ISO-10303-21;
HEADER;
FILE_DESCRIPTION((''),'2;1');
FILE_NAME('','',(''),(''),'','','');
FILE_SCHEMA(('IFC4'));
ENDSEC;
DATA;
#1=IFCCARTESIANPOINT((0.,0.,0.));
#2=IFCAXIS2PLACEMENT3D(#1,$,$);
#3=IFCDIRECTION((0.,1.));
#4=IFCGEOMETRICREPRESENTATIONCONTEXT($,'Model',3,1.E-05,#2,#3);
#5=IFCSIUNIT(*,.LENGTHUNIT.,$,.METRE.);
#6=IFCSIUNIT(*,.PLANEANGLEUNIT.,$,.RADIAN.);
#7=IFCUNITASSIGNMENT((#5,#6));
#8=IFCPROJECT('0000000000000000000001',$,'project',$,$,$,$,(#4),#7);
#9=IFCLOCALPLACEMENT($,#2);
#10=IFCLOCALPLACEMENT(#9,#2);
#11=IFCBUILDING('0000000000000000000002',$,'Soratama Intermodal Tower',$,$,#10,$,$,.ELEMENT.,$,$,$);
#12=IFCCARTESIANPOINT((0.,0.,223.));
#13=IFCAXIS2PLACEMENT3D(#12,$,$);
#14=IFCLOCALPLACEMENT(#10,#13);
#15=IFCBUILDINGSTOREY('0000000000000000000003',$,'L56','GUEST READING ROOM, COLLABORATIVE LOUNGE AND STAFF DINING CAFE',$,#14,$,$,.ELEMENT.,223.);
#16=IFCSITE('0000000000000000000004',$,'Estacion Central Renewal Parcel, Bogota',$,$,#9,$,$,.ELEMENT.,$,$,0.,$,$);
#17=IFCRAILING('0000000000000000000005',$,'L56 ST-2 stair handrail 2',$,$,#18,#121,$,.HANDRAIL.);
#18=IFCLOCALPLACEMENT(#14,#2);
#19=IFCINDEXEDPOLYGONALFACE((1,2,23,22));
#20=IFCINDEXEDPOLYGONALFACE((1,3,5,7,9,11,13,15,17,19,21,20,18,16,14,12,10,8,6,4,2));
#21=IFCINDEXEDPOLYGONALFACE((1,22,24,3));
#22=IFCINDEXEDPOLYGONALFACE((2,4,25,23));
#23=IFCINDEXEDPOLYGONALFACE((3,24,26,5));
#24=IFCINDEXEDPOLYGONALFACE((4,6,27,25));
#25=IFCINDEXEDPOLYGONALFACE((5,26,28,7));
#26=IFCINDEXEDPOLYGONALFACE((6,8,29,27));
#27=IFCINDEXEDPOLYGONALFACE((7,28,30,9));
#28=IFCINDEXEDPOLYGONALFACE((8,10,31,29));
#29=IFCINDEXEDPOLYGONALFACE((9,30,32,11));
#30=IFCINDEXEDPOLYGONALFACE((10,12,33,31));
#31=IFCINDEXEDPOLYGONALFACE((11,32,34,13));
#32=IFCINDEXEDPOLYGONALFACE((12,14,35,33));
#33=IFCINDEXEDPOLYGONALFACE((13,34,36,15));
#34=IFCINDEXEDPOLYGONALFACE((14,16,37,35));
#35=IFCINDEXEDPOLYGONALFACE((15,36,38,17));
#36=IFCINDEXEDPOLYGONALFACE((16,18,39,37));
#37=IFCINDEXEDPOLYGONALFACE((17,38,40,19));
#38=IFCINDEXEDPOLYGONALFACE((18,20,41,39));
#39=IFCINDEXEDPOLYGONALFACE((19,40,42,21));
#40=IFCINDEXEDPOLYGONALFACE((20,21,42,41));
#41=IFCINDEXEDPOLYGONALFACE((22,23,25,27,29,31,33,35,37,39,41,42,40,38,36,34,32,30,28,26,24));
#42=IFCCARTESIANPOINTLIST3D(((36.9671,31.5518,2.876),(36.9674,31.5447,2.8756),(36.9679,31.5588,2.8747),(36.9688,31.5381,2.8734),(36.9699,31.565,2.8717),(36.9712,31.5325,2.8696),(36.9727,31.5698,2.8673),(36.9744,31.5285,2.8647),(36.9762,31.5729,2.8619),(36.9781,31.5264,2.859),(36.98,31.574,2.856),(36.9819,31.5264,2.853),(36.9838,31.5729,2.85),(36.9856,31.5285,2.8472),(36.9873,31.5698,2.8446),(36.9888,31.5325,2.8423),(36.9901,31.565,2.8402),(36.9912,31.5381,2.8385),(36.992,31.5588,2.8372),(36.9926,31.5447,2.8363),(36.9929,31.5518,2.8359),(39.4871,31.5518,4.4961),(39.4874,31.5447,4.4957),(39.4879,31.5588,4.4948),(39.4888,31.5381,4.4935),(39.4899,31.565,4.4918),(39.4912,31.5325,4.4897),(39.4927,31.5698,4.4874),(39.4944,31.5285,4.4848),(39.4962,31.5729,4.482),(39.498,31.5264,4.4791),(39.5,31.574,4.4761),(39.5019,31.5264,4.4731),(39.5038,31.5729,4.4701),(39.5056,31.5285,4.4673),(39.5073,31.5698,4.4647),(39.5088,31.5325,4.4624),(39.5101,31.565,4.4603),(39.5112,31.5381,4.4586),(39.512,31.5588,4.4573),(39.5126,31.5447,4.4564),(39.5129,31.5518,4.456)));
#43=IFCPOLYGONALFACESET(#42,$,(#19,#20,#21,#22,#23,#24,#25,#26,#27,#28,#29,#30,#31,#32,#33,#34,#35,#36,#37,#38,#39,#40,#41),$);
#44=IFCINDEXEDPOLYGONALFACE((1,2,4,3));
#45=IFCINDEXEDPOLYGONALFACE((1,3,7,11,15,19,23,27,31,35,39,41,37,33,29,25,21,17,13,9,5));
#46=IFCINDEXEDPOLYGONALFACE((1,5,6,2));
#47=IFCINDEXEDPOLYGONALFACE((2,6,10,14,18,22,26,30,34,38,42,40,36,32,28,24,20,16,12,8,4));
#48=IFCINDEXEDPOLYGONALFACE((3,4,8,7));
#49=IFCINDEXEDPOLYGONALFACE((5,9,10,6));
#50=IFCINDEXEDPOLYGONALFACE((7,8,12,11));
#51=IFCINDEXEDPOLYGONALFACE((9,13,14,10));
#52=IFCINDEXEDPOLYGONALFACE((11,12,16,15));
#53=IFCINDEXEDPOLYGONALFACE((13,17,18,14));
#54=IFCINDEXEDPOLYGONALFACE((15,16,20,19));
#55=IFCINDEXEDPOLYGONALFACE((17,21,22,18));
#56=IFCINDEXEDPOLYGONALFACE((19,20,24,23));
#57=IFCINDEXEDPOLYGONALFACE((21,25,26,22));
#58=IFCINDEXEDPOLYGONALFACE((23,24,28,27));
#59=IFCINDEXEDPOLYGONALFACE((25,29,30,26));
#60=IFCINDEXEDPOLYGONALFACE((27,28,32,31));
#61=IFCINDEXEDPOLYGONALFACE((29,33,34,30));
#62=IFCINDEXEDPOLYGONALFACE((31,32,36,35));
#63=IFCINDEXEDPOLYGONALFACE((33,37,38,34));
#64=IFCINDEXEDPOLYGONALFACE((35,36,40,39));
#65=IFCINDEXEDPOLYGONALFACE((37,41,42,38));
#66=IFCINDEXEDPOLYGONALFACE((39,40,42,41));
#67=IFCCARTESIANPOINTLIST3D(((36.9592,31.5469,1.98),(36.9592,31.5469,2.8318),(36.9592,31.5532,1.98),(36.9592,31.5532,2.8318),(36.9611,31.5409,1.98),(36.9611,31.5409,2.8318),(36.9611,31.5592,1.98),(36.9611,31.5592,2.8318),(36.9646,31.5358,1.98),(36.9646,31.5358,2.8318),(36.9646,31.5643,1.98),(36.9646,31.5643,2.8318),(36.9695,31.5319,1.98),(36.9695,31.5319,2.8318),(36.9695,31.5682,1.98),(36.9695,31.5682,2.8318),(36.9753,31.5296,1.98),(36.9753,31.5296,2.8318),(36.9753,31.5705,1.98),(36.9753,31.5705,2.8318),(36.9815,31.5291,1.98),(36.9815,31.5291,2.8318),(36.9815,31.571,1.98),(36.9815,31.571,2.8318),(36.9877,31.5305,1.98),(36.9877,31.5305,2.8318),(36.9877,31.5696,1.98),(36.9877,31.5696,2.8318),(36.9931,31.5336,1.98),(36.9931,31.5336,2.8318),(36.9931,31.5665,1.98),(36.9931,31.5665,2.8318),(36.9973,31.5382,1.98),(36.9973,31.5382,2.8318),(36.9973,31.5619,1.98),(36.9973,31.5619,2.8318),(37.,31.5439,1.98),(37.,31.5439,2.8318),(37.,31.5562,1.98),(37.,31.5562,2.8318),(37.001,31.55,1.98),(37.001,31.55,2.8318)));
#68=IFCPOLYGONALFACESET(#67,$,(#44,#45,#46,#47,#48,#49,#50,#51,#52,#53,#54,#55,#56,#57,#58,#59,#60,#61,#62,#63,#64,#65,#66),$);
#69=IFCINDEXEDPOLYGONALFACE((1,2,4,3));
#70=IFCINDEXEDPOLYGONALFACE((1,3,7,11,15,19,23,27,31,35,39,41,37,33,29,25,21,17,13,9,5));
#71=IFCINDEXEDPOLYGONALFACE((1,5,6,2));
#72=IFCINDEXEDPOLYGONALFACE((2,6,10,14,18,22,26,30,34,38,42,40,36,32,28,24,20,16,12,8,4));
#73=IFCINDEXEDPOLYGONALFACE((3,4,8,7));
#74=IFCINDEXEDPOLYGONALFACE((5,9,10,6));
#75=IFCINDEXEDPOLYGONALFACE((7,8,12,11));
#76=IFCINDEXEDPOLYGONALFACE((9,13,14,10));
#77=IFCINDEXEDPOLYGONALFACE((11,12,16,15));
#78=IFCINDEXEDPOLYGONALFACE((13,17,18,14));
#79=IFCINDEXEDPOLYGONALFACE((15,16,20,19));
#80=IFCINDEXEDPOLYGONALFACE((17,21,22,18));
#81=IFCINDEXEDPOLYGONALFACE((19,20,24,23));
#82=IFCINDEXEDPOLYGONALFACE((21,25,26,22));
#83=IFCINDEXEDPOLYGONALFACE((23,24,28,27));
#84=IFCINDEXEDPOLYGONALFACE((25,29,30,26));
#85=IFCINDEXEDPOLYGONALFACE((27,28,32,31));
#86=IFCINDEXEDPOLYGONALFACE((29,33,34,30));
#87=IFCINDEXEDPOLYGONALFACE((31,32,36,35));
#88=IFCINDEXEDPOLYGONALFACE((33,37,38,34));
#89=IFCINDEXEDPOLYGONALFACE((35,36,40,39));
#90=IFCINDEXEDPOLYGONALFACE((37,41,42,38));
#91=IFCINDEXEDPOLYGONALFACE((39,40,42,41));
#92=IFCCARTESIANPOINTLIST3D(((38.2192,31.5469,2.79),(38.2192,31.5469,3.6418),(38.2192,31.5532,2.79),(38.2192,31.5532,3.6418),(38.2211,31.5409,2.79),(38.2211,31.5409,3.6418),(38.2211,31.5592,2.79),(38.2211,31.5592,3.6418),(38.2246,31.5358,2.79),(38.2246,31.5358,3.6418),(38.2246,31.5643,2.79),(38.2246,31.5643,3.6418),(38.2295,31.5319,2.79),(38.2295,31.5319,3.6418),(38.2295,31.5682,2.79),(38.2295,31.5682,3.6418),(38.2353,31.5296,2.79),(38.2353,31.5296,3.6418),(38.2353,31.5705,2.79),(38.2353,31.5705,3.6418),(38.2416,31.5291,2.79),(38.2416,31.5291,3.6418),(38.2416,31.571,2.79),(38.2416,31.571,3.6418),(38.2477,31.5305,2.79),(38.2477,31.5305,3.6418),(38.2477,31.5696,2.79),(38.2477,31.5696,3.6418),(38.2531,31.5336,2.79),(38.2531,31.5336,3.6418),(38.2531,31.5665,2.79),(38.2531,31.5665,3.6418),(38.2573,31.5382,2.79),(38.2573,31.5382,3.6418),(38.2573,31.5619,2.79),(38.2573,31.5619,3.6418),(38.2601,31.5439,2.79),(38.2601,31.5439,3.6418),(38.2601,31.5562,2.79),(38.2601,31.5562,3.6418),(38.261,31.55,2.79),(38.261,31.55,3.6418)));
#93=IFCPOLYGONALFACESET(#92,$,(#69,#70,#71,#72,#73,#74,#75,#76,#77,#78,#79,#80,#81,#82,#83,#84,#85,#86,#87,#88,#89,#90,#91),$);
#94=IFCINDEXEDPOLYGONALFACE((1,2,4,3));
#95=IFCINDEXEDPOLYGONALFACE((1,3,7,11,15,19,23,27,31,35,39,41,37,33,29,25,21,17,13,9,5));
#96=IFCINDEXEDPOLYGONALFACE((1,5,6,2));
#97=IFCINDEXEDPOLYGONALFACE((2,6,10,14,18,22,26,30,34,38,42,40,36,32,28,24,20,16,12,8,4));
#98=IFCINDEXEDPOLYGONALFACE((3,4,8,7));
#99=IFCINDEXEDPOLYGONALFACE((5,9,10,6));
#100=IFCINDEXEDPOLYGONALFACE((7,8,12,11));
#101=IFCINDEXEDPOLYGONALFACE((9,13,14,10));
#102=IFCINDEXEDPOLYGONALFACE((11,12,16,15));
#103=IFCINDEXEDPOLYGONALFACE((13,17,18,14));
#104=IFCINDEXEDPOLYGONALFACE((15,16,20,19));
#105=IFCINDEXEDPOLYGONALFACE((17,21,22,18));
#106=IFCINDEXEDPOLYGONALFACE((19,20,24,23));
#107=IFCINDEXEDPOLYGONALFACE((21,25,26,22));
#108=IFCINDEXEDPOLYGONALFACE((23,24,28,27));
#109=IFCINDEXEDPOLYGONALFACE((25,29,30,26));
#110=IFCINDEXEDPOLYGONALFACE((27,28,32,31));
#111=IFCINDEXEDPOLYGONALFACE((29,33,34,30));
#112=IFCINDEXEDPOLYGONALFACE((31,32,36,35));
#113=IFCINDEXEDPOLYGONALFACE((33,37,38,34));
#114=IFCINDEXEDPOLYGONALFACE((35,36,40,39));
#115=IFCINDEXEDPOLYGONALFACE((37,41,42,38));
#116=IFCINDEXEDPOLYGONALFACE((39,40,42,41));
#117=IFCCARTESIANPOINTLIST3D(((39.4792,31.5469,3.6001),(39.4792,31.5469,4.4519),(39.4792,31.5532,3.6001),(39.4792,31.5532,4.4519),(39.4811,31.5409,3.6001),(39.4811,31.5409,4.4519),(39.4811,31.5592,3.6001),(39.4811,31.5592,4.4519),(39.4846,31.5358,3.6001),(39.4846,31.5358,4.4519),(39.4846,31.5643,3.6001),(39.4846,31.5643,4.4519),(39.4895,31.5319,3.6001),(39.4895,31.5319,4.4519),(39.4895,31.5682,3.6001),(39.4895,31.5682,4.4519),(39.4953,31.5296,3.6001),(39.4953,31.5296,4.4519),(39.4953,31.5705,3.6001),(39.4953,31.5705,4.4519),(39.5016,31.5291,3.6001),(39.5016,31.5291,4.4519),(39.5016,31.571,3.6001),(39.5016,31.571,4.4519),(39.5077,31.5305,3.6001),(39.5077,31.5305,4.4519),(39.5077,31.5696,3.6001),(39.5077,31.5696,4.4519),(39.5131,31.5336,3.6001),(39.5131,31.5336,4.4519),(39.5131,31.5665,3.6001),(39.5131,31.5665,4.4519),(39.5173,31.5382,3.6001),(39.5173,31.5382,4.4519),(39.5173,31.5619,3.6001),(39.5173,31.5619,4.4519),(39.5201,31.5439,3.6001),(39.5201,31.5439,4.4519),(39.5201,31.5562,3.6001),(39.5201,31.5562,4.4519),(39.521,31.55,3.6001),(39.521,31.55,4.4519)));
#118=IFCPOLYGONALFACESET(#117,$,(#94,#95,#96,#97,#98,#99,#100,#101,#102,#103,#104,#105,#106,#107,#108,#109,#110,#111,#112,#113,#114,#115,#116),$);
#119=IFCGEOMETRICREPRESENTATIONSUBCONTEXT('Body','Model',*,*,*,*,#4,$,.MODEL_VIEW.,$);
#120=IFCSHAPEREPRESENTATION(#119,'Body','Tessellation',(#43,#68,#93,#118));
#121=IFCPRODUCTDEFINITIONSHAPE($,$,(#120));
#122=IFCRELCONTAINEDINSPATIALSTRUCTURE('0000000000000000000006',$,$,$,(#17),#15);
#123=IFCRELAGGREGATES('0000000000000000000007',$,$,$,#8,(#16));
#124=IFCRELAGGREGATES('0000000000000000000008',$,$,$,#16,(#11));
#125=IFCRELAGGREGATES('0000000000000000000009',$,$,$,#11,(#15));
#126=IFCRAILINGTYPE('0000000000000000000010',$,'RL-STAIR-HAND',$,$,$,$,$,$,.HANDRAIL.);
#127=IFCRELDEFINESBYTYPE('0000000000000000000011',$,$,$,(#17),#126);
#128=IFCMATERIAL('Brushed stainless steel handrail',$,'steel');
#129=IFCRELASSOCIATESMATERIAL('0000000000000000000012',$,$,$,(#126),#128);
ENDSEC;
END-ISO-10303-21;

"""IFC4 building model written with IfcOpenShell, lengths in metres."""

from ifc_helpers import new_model, si_unit, direction, frame, origin, origin_2d, place, context, subcontext, project, spatial, circle, extrude, material, type_object, element, save


model = new_model("IFC4")

# Units and contexts
model_context = context("Model", 3, precision=1e-05, world=origin(), true_north=direction((0.0, 1.0)))
body_context = subcontext(model_context, "Body", "Model", "MODEL_VIEW")
ifc_project = project(units=[si_unit("LENGTHUNIT", "METRE"), si_unit("PLANEANGLEUNIT", "RADIAN")], contexts=[model_context])

# Site, building, storey
site_placement = place(None, origin())
site = spatial("IfcSite", under=ifc_project, at=site_placement, Name="Estacion Central Renewal Parcel, Bogota", CompositionType="ELEMENT", RefElevation=0.0)
building_placement = place(site_placement, origin())
building = spatial("IfcBuilding", under=site, at=building_placement, Name="Soratama Intermodal Tower", CompositionType="ELEMENT")
storey_placement = place(building_placement, frame((0.0, 0.0, 223.0)))
storey = spatial("IfcBuildingStorey", under=building, at=storey_placement, Name="L56", Description="GUEST READING ROOM, COLLABORATIVE LOUNGE AND STAFF DINING CAFE", CompositionType="ELEMENT", Elevation=223.0)

# Railing
ifc_material_1 = material(Name="Brushed stainless steel handrail", Category="steel")
railing_type_1 = type_object("IfcRailingType", Name="RL-STAIR-HAND", PredefinedType="HANDRAIL", material=ifc_material_1)
railing_1_placement = place(storey_placement, frame((36.98, 31.55, 1.98)))
element("IfcRailing", 1, at=railing_1_placement, inside=storey, type_object=railing_type_1, Name="L56 ST-2 stair handrail 2", PredefinedType="HANDRAIL", context=body_context, shape_type="SweptSolid", body=[
    extrude(circle(Radius=0.0239, at=origin_2d()), frame((0.0, 0.0, 0.876), z_axis=(0.841163, 0.0, 0.540782), x_axis=(0.0, 1.0, 0.0)), (0.0, 0.0, 1.0), 2.9958),
    extrude(circle(Radius=0.021, at=origin_2d()), origin(), (0.0, 0.0, 1.0), 0.8518),
    extrude(circle(Radius=0.021, at=origin_2d()), frame((1.26, 0.0, 0.8101)), (0.0, 0.0, 1.0), 0.8518),
    extrude(circle(Radius=0.021, at=origin_2d()), frame((2.52, 0.0, 1.6201)), (0.0, 0.0, 1.0), 0.8518),
])

save(model, "model.ifc")
